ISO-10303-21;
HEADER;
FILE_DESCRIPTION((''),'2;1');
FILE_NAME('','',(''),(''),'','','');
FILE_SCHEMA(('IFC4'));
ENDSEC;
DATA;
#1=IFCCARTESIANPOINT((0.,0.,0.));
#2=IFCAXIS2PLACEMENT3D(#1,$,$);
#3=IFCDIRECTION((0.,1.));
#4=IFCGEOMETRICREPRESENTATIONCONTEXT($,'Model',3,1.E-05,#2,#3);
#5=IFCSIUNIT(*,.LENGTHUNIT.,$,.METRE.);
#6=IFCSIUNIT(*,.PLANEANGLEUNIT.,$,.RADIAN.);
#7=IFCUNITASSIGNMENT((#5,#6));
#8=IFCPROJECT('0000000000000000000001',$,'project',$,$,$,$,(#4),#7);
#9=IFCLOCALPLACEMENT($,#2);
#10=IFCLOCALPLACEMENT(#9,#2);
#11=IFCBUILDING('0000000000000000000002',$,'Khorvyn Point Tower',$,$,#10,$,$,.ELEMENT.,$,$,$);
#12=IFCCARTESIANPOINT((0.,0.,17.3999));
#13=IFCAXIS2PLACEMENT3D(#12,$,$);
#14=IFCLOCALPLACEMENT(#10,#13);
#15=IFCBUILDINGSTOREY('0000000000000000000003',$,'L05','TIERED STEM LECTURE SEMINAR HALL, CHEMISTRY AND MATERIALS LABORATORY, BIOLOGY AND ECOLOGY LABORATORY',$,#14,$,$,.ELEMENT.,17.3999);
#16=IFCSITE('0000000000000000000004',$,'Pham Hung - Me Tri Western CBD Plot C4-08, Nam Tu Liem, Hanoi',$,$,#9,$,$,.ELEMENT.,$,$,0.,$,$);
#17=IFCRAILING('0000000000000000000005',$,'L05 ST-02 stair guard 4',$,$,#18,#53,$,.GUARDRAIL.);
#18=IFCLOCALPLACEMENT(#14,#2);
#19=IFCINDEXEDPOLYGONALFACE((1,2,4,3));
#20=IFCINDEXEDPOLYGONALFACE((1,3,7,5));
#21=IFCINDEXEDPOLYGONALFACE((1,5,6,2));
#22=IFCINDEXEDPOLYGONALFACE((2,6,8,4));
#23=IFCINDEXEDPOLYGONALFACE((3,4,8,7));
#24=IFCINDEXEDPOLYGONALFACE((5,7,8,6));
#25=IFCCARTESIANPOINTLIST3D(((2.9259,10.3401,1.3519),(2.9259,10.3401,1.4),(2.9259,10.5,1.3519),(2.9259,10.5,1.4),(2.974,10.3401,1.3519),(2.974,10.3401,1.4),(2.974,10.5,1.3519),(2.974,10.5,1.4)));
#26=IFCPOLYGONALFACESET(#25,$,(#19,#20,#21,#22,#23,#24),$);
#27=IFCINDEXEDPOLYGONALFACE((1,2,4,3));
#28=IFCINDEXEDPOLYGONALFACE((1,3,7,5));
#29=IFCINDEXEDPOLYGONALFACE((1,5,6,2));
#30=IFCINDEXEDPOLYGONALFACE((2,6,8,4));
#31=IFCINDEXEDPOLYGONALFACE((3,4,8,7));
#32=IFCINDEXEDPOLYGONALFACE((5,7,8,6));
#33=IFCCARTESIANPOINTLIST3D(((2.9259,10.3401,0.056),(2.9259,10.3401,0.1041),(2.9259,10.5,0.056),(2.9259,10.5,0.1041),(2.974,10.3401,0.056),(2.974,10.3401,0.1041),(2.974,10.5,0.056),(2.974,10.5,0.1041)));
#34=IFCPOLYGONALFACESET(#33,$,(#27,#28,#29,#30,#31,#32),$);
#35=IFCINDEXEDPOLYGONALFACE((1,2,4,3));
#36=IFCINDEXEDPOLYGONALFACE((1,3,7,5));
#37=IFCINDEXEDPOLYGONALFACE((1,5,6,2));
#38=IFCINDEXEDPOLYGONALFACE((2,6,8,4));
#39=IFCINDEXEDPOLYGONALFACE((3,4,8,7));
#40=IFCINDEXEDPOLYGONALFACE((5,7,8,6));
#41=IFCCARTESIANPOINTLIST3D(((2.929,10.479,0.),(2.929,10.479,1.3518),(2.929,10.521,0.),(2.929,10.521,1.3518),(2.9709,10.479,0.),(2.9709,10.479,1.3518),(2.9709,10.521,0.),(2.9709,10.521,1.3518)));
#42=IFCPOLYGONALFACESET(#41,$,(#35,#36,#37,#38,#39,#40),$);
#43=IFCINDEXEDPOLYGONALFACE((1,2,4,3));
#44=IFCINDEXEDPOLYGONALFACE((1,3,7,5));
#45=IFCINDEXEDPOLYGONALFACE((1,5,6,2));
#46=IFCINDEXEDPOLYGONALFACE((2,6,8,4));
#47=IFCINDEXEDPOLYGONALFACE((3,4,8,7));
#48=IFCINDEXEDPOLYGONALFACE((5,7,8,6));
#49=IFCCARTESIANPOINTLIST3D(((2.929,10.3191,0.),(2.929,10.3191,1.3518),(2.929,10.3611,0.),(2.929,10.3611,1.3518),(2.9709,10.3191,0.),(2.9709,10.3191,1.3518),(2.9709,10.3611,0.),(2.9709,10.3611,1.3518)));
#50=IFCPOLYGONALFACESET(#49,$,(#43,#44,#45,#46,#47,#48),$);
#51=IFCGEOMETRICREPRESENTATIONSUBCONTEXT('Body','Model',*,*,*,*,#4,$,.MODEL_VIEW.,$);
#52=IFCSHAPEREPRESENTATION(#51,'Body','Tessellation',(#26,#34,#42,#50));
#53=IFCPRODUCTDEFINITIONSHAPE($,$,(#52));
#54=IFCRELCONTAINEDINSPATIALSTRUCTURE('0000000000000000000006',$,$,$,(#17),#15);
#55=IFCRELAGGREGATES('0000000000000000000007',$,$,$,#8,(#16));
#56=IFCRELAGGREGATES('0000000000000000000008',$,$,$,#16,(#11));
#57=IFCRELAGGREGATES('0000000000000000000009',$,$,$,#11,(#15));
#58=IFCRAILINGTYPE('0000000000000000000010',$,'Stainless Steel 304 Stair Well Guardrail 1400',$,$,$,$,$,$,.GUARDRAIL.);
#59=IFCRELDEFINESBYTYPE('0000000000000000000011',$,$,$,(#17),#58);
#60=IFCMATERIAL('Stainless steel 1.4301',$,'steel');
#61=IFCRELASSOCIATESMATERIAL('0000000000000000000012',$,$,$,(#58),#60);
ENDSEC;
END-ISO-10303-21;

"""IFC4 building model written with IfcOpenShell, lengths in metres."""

from ifc_helpers import new_model, si_unit, direction, frame, origin, origin_2d, place, context, subcontext, project, spatial, rectangle, extrude, material, type_object, element, save


model = new_model("IFC4")

# Units and contexts
model_context = context("Model", 3, precision=1e-05, world=origin(), true_north=direction((0.0, 1.0)))
body_context = subcontext(model_context, "Body", "Model", "MODEL_VIEW")
ifc_project = project(units=[si_unit("LENGTHUNIT", "METRE"), si_unit("PLANEANGLEUNIT", "RADIAN")], contexts=[model_context])

# Site, building, storey
site_placement = place(None, origin())
site = spatial("IfcSite", under=ifc_project, at=site_placement, Name="Pham Hung - Me Tri Western CBD Plot C4-08, Nam Tu Liem, Hanoi", CompositionType="ELEMENT", RefElevation=0.0)
building_placement = place(site_placement, origin())
building = spatial("IfcBuilding", under=site, at=building_placement, Name="Khorvyn Point Tower", CompositionType="ELEMENT")
storey_placement = place(building_placement, frame((0.0, 0.0, 17.3999)))
storey = spatial("IfcBuildingStorey", under=building, at=storey_placement, Name="L05", Description="TIERED STEM LECTURE SEMINAR HALL, CHEMISTRY AND MATERIALS LABORATORY, BIOLOGY AND ECOLOGY LABORATORY", CompositionType="ELEMENT", Elevation=17.3999)

# Railing
ifc_material_1 = material(Name="Stainless steel 1.4301", Category="steel")
railing_type_1 = type_object("IfcRailingType", Name="Stainless Steel 304 Stair Well Guardrail 1400", PredefinedType="GUARDRAIL", material=ifc_material_1)
railing_1_placement = place(storey_placement, frame((2.95, 10.5, 0.0)))
element("IfcRailing", 1, at=railing_1_placement, inside=storey, type_object=railing_type_1, Name="L05 ST-02 stair guard 4", PredefinedType="GUARDRAIL", context=body_context, shape_type="SweptSolid", body=[
    extrude(rectangle(XDim=0.0481, YDim=0.0481, at=origin_2d()), frame((0.0, 0.0, 1.376), z_axis=(0.0, -1.0, 0.0), x_axis=(1.0, 0.0, 0.0)), (0.0, 0.0, 1.0), 0.1599),
    extrude(rectangle(XDim=0.0481, YDim=0.0481, at=origin_2d()), frame((0.0, 0.0, 0.0801), z_axis=(0.0, -1.0, 0.0), x_axis=(1.0, 0.0, 0.0)), (0.0, 0.0, 1.0), 0.1599),
    extrude(rectangle(XDim=0.042, YDim=0.042, at=origin_2d()), origin(), (0.0, 0.0, 1.0), 1.3518),
    extrude(rectangle(XDim=0.042, YDim=0.042, at=origin_2d()), frame((0.0, -0.1599, 0.0)), (0.0, 0.0, 1.0), 1.3518),
])

save(model, "model.ifc")
